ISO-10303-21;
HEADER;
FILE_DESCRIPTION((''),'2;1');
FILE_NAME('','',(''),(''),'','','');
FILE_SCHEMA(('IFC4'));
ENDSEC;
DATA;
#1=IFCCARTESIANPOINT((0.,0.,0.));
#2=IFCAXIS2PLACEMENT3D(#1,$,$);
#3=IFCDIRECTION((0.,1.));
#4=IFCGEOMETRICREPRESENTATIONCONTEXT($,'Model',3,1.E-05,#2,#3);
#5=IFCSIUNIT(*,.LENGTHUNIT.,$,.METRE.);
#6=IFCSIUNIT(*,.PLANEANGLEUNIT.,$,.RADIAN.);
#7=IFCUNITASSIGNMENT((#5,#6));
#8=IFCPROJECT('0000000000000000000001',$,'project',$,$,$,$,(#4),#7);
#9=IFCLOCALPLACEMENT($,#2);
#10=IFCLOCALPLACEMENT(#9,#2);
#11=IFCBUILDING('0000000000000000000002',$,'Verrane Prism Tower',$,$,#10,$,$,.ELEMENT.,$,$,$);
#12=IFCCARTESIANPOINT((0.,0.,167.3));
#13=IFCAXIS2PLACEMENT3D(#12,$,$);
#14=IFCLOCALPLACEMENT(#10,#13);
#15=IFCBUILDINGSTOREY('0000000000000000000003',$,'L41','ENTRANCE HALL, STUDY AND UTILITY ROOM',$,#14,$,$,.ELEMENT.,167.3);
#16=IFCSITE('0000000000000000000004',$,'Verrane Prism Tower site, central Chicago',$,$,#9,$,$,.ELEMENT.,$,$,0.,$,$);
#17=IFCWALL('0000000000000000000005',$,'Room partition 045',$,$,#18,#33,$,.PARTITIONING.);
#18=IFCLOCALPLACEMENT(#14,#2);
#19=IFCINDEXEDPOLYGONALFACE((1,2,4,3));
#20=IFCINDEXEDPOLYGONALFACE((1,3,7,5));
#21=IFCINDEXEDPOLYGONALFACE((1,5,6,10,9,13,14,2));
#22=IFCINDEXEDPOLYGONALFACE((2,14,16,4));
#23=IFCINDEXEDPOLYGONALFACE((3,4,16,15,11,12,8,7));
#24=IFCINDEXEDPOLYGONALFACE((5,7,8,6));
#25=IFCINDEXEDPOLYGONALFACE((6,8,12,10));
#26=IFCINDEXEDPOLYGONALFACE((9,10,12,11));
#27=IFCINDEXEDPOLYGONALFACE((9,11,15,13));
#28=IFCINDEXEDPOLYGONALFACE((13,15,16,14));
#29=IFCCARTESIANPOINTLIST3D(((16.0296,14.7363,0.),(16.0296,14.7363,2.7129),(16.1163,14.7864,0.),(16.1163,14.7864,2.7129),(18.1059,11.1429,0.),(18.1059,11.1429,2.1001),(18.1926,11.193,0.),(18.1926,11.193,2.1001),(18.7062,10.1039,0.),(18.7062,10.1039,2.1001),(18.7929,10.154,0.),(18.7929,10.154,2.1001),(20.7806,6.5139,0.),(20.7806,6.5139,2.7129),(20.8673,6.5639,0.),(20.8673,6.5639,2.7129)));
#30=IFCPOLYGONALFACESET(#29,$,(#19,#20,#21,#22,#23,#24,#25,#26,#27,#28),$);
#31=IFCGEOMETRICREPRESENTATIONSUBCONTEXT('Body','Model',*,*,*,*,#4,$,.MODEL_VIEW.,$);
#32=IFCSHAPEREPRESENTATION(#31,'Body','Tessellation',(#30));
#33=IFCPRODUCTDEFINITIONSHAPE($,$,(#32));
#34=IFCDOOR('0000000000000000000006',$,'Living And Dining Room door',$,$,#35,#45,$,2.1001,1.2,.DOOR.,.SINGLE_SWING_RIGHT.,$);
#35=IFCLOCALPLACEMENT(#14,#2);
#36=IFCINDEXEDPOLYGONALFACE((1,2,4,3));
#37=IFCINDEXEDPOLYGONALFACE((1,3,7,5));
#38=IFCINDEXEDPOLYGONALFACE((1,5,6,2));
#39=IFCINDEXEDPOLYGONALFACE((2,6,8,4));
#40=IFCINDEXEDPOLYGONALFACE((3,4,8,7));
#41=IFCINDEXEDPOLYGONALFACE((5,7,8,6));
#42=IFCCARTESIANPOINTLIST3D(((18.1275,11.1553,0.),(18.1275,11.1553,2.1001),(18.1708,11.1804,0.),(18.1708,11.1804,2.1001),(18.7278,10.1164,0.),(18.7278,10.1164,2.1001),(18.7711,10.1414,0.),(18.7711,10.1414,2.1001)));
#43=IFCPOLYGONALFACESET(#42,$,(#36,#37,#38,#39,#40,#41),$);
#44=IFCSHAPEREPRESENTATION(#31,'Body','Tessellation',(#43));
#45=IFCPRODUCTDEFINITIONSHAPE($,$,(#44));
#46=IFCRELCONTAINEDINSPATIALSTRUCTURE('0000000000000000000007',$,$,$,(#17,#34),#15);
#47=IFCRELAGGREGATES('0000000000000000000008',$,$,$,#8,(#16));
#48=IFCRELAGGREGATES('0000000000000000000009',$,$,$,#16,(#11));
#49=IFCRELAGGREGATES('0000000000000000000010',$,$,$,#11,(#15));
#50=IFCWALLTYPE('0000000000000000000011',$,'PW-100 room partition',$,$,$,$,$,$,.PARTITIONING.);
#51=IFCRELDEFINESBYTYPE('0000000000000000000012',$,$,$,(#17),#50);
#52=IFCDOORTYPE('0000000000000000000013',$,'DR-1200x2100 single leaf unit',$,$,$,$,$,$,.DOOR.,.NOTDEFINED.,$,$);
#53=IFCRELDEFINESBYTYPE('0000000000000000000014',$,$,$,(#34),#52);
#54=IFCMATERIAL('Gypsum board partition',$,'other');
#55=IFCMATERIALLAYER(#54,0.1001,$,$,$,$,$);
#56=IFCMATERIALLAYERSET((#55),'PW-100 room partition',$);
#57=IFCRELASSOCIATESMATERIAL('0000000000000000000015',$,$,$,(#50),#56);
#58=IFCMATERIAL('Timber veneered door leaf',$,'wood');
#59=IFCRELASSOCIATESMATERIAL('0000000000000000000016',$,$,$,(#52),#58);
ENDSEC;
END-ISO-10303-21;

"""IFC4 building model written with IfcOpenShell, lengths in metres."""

from ifc_helpers import new_model, si_unit, direction, frame, frame_2d, origin, place, context, subcontext, project, spatial, rectangle, extrude, material, layer, layer_set, type_object, element, fill, save


model = new_model("IFC4")

# Units and contexts
model_context = context("Model", 3, precision=1e-05, world=origin(), true_north=direction((0.0, 1.0)))
body_context = subcontext(model_context, "Body", "Model", "MODEL_VIEW")
ifc_project = project(units=[si_unit("LENGTHUNIT", "METRE"), si_unit("PLANEANGLEUNIT", "RADIAN")], contexts=[model_context])

# Site, building, storey
site_placement = place(None, origin())
site = spatial("IfcSite", under=ifc_project, at=site_placement, Name="Verrane Prism Tower site, central Chicago", CompositionType="ELEMENT", RefElevation=0.0)
building_placement = place(site_placement, origin())
building = spatial("IfcBuilding", under=site, at=building_placement, Name="Verrane Prism Tower", CompositionType="ELEMENT")
storey_placement = place(building_placement, frame((0.0, 0.0, 167.3)))
storey = spatial("IfcBuildingStorey", under=building, at=storey_placement, Name="L41", Description="ENTRANCE HALL, STUDY AND UTILITY ROOM", CompositionType="ELEMENT", Elevation=167.3)

# Shared definitions
ifc_material_1 = material(Name="Gypsum board partition", Category="other")
ifc_layer_1 = layer(ifc_material_1, 0.1001)
ifc_layer_set_1 = layer_set([ifc_layer_1], Name="PW-100 room partition")
wall_type = type_object("IfcWallType", Name="PW-100 room partition", PredefinedType="PARTITIONING", material=ifc_layer_set_1)

# Wall, opening, door
wall_1_placement = place(storey_placement, frame((16.073, 14.7612, 0.0), z_axis=(0.0, 0.0, 1.0), x_axis=(0.500297, -0.865854, 0.0)))
wall_1 = element("IfcWall", 1, at=wall_1_placement, inside=storey, type_object=wall_type, Name="Room partition 045", PredefinedType="PARTITIONING", context=body_context, shape_type="SweptSolid", body=[
    extrude(rectangle(XDim=9.4963, YDim=0.1001, at=frame_2d((4.748, 0.0))), origin(), (0.0, 0.0, 1.0), 2.7129),
])
opening_placement = place(wall_1_placement, frame((4.1499, 0.0, 0.0)))
opening = element("IfcOpeningElement", 2, at=opening_placement, cuts=wall_1, PredefinedType="OPENING", context=body_context, shape_type="SweptSolid", body=[
    extrude(rectangle(XDim=1.2, YDim=2.1001, at=frame_2d((0.6001, 1.05))), frame((0.0, 0.0601, 0.0), z_axis=(0.0, -1.0, 0.0), x_axis=(1.0, 0.0, 0.0)), (0.0, 0.0, 1.0), 0.1201),
])
ifc_material_2 = material(Name="Timber veneered door leaf", Category="wood")
door_type = type_object("IfcDoorType", Name="DR-1200x2100 single leaf unit", OperationType="NOTDEFINED", PredefinedType="DOOR", material=ifc_material_2)
door_placement = place(opening_placement, origin())
door = element("IfcDoor", 3, at=door_placement, inside=storey, type_object=door_type, Name="Living And Dining Room door", OperationType="SINGLE_SWING_RIGHT", OverallHeight=2.1001, OverallWidth=1.2, PredefinedType="DOOR", context=body_context, shape_type="SweptSolid", body=[
    extrude(rectangle(XDim=1.2, YDim=2.1001, at=frame_2d((0.6001, 1.05))), frame((0.0, 0.0249, 0.0), z_axis=(0.0, -1.0, 0.0), x_axis=(1.0, 0.0, 0.0)), (0.0, 0.0, 1.0), 0.05),
])
fill(opening, door)

save(model, "model.ifc")
